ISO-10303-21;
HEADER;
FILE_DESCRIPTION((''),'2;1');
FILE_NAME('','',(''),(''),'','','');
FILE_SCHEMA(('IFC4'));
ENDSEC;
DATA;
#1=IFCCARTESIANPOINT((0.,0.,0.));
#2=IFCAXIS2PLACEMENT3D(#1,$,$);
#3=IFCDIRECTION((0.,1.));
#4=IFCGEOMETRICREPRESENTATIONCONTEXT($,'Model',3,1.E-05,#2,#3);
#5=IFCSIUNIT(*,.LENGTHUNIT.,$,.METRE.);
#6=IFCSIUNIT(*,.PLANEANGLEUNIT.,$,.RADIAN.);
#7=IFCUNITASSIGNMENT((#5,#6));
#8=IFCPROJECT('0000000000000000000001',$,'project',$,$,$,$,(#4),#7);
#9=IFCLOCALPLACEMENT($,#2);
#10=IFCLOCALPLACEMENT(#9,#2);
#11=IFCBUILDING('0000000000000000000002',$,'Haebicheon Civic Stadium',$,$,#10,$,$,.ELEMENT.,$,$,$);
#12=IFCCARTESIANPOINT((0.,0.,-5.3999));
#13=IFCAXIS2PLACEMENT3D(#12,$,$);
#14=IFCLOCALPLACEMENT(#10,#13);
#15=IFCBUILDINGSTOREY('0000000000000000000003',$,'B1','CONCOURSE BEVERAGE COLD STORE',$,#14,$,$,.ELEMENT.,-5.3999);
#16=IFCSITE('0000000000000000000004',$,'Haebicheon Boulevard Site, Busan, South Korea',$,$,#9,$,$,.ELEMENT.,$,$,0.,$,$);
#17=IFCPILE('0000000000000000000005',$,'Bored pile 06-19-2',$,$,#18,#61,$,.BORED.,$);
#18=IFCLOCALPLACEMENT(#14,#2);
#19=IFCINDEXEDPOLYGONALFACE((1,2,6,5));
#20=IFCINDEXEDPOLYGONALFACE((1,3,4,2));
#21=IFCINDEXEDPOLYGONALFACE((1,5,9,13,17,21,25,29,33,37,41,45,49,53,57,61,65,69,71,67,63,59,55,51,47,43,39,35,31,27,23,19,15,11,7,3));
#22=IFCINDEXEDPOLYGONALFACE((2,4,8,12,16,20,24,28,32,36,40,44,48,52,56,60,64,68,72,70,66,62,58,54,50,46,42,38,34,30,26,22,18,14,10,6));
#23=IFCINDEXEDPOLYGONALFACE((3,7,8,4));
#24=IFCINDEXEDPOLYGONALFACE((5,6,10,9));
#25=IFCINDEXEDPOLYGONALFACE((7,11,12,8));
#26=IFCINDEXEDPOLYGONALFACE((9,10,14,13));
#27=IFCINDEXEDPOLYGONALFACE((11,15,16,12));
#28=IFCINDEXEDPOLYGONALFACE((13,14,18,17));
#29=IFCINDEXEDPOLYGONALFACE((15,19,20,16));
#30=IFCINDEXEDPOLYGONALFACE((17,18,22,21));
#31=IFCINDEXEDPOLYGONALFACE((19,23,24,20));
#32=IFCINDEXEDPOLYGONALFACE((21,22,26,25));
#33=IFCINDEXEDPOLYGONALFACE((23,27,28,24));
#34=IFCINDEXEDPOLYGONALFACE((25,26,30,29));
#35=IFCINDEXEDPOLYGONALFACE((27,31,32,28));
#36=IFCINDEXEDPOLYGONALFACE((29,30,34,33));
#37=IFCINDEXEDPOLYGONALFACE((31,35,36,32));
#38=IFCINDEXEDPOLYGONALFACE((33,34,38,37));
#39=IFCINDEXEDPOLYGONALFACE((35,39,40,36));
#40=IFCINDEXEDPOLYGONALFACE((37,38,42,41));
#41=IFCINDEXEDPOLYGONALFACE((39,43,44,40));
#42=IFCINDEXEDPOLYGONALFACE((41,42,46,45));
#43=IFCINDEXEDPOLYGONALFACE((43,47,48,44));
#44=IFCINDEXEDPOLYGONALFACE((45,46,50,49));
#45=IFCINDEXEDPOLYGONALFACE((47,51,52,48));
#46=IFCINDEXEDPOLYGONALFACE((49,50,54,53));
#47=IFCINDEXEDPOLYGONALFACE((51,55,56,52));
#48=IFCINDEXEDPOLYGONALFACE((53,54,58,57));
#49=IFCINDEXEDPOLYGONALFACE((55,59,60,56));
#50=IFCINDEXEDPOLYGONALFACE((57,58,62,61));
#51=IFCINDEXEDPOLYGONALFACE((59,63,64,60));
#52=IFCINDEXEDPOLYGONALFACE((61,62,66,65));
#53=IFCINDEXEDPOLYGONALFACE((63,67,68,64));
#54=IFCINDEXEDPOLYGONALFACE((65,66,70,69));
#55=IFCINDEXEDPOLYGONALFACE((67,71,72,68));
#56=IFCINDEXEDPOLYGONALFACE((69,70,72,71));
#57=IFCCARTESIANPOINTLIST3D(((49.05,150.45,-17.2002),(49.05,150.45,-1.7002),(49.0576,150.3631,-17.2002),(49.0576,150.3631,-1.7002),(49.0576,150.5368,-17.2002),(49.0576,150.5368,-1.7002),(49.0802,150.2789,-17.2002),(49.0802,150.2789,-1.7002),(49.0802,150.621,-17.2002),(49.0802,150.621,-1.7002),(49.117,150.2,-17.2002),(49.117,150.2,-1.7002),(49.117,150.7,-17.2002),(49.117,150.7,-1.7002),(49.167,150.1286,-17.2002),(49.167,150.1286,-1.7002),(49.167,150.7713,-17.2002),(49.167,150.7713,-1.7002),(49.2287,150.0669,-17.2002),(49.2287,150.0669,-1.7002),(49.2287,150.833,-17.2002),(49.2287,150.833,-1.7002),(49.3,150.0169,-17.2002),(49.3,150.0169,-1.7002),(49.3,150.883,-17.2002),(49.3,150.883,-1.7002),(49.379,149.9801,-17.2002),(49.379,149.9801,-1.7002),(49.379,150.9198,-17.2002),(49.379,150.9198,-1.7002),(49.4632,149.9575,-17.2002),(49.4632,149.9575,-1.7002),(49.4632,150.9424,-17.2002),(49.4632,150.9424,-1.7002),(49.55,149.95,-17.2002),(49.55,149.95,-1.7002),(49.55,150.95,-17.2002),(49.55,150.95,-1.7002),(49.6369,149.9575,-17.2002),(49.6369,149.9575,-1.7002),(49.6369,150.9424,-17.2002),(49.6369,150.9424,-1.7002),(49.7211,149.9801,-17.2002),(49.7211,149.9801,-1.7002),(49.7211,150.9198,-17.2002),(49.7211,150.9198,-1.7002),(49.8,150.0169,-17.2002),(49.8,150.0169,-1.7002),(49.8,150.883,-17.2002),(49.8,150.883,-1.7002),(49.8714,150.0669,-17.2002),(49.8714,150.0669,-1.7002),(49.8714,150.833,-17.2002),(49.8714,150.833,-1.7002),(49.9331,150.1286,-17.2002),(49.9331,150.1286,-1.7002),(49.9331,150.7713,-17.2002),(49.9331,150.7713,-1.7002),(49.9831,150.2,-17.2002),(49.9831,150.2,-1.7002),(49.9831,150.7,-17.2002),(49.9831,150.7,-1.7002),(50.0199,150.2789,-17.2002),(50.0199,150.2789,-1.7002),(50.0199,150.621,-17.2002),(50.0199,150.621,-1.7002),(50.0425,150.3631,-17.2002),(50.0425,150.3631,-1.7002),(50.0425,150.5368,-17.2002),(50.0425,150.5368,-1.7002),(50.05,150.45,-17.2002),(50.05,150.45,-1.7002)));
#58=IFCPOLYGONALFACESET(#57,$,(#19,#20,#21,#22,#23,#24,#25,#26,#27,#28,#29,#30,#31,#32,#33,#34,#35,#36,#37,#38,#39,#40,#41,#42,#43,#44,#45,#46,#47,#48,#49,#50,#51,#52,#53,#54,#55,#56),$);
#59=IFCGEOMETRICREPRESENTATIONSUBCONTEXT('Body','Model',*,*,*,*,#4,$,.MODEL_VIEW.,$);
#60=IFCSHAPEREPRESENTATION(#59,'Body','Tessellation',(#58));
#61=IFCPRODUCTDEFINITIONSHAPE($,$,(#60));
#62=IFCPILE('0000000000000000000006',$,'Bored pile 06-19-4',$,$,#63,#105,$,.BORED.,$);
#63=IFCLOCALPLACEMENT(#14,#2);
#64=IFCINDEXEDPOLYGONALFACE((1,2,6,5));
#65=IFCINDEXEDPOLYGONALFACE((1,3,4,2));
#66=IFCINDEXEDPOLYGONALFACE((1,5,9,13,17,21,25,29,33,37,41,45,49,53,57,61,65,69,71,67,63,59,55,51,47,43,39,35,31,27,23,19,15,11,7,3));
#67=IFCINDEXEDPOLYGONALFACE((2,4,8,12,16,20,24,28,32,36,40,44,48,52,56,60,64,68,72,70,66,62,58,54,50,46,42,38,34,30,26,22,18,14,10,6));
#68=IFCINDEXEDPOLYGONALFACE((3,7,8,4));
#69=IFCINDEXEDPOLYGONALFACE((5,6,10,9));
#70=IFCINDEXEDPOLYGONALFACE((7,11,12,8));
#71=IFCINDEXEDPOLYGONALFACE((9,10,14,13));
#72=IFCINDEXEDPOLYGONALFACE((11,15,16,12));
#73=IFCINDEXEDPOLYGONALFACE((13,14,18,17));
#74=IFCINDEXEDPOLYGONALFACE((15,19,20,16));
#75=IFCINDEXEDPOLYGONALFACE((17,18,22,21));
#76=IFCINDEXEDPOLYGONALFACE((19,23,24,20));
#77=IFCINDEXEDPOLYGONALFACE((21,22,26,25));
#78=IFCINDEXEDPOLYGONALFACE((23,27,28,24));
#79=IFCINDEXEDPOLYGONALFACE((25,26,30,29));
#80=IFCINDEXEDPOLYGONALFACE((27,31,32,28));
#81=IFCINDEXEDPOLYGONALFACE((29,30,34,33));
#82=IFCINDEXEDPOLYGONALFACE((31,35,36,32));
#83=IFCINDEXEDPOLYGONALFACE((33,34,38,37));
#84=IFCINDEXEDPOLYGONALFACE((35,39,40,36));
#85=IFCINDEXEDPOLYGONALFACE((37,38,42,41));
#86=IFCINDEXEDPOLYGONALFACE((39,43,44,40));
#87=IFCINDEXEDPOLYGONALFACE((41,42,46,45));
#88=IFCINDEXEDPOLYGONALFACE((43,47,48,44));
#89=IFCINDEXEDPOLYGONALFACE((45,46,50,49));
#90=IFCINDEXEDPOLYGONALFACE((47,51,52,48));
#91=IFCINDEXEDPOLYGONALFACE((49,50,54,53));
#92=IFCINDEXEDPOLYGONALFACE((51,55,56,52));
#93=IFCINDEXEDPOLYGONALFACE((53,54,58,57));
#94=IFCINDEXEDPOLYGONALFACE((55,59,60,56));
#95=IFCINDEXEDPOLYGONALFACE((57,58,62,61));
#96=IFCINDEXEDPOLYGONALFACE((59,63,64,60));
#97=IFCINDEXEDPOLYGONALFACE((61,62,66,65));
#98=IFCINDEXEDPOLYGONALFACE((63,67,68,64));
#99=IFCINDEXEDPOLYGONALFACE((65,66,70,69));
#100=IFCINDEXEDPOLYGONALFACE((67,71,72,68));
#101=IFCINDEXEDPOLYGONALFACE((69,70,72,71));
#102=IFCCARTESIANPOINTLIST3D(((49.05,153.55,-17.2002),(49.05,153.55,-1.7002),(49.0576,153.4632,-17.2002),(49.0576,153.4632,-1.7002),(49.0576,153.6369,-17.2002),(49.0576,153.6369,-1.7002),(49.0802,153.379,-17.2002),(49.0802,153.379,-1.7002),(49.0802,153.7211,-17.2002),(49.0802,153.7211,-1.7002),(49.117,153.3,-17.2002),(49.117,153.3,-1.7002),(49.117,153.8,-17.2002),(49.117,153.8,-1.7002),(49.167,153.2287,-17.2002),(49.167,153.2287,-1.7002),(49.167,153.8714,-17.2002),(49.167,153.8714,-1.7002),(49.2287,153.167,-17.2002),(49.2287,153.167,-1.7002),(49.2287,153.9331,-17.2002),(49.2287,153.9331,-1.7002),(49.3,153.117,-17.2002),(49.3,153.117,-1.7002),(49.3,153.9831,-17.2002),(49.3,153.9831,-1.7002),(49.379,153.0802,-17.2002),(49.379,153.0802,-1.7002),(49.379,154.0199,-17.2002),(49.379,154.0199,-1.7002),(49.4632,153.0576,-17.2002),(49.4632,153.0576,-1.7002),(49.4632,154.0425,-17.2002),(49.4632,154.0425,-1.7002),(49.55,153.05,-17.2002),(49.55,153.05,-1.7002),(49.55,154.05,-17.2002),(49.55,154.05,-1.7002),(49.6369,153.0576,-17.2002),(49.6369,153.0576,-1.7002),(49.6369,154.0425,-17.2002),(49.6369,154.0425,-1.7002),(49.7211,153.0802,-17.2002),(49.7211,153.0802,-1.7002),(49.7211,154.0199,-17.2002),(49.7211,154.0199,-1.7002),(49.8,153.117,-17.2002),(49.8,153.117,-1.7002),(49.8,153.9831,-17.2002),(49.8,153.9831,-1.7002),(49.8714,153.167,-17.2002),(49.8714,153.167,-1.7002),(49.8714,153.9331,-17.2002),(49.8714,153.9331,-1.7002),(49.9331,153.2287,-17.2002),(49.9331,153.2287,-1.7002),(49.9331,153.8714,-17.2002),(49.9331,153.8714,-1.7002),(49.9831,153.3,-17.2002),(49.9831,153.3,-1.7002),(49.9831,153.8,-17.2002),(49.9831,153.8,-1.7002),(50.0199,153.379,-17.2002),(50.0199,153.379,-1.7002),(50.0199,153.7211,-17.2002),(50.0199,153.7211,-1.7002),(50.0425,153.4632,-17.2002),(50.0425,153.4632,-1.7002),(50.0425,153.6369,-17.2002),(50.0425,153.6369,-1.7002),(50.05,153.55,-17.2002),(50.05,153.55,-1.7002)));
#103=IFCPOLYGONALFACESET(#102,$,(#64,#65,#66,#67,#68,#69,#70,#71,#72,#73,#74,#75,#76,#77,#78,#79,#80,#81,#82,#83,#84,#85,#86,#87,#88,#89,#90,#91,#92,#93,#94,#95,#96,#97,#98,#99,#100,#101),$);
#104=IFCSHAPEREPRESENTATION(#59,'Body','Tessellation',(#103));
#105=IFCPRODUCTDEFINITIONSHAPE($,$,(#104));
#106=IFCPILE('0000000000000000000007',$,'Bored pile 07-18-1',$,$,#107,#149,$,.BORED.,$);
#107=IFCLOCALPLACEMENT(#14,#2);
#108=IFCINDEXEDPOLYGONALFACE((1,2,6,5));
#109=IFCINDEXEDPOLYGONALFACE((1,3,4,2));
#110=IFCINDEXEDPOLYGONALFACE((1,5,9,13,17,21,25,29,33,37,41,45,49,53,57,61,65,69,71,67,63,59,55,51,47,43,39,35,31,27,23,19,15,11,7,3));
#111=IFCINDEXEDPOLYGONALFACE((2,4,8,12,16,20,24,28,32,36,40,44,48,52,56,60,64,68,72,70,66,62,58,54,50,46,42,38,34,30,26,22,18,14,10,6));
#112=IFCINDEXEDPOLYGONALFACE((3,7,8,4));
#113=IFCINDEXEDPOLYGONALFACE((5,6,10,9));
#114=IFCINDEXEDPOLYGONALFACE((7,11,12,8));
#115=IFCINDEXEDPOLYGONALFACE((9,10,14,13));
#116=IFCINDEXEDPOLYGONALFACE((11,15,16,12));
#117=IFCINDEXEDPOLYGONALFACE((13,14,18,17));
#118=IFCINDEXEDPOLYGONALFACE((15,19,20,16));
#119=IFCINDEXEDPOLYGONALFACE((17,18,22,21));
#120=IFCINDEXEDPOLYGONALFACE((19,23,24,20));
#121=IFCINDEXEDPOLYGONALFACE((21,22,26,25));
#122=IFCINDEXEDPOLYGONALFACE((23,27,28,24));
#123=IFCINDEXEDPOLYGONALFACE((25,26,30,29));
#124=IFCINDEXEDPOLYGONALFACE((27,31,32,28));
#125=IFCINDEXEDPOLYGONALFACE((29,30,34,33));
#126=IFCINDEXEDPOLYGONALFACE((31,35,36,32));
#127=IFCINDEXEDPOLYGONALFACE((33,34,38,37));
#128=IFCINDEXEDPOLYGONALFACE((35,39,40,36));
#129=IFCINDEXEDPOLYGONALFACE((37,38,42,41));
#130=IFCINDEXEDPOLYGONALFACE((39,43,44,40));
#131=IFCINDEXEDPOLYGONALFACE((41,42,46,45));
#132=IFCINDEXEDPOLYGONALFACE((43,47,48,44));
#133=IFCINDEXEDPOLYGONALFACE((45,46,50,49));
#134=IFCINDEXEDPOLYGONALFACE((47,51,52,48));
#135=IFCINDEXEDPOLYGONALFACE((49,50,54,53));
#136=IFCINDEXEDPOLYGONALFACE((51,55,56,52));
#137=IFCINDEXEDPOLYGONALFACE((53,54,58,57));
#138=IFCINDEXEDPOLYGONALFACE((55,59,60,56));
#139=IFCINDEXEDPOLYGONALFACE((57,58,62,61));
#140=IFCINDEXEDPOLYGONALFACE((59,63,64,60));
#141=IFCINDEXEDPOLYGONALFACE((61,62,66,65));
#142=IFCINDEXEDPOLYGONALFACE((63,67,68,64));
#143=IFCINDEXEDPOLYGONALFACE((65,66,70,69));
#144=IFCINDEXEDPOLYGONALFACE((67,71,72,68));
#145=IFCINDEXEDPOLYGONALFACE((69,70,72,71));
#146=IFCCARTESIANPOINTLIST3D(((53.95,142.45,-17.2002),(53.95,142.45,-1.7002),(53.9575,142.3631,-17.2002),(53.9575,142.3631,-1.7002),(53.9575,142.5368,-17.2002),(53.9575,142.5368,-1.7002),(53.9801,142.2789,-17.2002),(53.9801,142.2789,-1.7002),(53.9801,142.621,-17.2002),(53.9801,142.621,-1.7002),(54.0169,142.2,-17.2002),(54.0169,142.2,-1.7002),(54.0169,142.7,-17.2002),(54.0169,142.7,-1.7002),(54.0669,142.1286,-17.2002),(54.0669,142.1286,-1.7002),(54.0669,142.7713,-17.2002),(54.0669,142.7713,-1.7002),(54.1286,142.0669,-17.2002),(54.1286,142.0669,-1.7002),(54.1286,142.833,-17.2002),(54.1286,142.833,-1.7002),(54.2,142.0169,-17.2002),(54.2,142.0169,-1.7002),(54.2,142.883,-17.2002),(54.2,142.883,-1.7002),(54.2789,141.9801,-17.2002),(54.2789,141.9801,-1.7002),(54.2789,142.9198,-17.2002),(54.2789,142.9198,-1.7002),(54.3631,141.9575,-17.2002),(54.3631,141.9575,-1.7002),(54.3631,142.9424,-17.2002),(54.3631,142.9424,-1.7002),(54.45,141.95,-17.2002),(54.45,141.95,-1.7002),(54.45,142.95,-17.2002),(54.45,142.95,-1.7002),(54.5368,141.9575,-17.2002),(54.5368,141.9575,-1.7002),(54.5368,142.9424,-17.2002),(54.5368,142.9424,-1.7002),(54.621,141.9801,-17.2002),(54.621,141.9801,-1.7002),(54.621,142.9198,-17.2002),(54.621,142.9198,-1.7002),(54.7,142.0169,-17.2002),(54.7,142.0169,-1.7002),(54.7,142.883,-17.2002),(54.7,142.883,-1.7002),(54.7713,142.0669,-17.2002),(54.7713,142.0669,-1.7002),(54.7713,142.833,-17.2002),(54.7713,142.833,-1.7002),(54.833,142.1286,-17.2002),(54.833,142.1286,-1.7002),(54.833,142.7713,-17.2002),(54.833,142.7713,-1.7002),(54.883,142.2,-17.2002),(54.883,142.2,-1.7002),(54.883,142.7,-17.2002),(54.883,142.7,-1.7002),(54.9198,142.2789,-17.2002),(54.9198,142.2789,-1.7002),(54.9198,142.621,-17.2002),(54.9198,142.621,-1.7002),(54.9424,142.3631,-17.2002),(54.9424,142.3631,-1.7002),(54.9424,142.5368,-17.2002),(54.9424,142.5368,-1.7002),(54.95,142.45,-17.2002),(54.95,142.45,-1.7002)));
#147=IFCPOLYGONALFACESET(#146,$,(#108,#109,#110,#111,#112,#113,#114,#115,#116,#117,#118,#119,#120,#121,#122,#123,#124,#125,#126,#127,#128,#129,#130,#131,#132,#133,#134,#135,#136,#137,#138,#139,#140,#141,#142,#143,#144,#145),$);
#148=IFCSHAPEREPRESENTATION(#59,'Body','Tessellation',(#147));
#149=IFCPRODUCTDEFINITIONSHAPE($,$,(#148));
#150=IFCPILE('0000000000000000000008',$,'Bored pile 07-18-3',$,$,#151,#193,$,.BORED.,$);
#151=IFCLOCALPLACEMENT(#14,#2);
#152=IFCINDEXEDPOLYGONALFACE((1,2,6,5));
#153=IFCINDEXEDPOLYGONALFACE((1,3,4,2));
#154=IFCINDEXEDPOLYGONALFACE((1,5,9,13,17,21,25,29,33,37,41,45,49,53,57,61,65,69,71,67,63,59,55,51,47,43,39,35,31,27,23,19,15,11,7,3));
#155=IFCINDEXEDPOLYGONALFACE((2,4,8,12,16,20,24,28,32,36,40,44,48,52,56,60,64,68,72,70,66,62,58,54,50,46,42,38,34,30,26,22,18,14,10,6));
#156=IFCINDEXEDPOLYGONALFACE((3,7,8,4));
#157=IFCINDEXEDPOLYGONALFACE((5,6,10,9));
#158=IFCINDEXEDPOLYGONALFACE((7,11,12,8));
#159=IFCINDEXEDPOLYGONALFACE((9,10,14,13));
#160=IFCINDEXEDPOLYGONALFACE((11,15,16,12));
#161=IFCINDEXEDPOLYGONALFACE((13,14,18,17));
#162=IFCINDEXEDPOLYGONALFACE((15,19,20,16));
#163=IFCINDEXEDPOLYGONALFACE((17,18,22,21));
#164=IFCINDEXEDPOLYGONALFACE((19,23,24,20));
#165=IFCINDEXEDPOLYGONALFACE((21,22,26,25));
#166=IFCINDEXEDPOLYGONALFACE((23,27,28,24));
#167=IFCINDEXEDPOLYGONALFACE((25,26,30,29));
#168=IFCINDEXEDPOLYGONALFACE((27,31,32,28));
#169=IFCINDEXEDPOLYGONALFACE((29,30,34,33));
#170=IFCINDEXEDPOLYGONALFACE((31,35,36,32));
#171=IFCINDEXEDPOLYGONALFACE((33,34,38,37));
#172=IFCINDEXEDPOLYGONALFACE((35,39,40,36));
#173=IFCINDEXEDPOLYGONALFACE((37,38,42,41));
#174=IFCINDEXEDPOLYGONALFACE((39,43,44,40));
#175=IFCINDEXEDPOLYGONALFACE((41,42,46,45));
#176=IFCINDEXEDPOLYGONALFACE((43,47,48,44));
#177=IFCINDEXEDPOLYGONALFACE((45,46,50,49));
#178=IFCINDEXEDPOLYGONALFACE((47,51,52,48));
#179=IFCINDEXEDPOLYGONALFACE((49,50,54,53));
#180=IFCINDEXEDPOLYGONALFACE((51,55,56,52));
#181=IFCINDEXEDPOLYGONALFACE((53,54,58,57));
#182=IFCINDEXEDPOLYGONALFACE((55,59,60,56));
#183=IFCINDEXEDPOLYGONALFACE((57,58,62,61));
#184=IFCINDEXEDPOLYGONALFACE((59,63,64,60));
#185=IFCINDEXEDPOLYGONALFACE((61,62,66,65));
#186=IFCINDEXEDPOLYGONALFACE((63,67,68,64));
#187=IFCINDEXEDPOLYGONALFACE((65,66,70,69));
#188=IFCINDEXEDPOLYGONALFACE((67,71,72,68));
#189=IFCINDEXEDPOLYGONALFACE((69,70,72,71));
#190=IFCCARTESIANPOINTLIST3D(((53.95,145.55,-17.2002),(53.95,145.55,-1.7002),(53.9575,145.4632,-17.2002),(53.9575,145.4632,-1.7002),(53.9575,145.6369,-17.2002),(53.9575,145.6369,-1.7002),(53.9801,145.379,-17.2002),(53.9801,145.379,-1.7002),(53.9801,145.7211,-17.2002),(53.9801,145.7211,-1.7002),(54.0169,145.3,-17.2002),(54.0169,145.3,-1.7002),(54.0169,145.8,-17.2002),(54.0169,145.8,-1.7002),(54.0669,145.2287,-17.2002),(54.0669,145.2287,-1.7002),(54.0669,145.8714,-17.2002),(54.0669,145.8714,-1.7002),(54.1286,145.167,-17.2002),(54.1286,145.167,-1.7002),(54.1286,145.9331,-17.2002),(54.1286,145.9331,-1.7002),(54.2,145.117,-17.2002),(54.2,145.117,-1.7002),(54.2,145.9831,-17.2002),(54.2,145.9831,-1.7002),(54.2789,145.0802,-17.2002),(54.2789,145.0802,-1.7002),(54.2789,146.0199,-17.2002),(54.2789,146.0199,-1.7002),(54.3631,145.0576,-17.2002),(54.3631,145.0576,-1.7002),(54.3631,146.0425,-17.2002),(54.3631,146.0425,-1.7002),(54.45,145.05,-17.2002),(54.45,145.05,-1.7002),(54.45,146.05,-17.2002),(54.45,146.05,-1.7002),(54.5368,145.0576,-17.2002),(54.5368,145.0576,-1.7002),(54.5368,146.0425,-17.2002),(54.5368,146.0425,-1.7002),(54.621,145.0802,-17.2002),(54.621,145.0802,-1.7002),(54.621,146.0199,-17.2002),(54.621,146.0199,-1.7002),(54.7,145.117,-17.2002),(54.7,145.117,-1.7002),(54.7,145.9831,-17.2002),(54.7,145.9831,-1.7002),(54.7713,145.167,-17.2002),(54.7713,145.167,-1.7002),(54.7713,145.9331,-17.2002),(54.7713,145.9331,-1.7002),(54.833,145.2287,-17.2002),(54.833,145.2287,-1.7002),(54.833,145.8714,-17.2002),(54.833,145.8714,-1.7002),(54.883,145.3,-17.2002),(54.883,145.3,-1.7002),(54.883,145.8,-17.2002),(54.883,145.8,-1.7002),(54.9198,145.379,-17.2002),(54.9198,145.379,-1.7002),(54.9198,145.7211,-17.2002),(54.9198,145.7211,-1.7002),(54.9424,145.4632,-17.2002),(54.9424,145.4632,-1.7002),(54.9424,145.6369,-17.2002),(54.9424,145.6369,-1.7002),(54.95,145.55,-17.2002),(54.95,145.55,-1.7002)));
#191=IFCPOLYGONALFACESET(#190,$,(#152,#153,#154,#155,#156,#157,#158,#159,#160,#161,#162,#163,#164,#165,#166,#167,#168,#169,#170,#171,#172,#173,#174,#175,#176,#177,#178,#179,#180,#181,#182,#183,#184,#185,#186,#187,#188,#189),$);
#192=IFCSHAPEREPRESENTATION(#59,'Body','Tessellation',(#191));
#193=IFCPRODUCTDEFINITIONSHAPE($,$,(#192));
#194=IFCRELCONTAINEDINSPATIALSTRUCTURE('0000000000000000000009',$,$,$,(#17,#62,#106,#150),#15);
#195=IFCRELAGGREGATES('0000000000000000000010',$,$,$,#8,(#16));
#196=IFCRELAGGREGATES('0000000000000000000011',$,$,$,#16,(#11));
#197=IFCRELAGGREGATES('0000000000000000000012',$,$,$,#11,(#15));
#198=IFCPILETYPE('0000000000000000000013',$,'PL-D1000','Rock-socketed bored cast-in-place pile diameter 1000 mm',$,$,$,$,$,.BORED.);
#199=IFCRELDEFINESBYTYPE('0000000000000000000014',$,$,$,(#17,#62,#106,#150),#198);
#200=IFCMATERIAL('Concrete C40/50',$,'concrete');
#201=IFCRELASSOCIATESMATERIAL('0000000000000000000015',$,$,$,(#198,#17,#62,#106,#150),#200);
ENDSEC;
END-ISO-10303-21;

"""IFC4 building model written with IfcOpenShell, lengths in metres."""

from ifc_helpers import new_model, si_unit, direction, frame, origin, origin_2d, place, context, subcontext, project, spatial, circle, extrude, material, material_profile, profile_set, type_object, element, save


model = new_model("IFC4")

# Units and contexts
model_context = context("Model", 3, precision=1e-05, world=origin(), true_north=direction((0.0, 1.0)))
body_context = subcontext(model_context, "Body", "Model", "MODEL_VIEW")
ifc_project = project(units=[si_unit("LENGTHUNIT", "METRE"), si_unit("PLANEANGLEUNIT", "RADIAN")], contexts=[model_context])

# Site, building, storey
site_placement = place(None, origin())
site = spatial("IfcSite", under=ifc_project, at=site_placement, Name="Haebicheon Boulevard Site, Busan, South Korea", CompositionType="ELEMENT", RefElevation=0.0)
building_placement = place(site_placement, origin())
building = spatial("IfcBuilding", under=site, at=building_placement, Name="Haebicheon Civic Stadium", CompositionType="ELEMENT")
storey_placement = place(building_placement, frame((0.0, 0.0, -5.3999)))
storey = spatial("IfcBuildingStorey", under=building, at=storey_placement, Name="B1", Description="CONCOURSE BEVERAGE COLD STORE", CompositionType="ELEMENT", Elevation=-5.3999)

# Piles
ifc_material_1 = material(Name="Concrete C40/50", Category="concrete")
ifc_material_profile_1 = material_profile(ifc_material_1, circle(Radius=0.5, at=origin_2d()), Name="PILE-D1000")
ifc_profile_set_1 = profile_set([ifc_material_profile_1], Name="Concrete C40/50")
pile_type = type_object("IfcPileType", Name="PL-D1000", Description="Rock-socketed bored cast-in-place pile diameter 1000 mm", PredefinedType="BORED", material=ifc_profile_set_1)
for number, where, z_axis, x_axis, name in (
    (1, (49.55, 150.45, -1.7002), (0.0, 0.0, -1.0), (1.0, 0.0, 0.0), "Bored pile 06-19-2"),
    (2, (49.55, 153.55, -1.7002), (0.0, 0.0, -1.0), (1.0, 0.0, 0.0), "Bored pile 06-19-4"),
    (3, (54.45, 142.45, -1.7002), (0.0, 0.0, -1.0), (1.0, 0.0, 0.0), "Bored pile 07-18-1"),
    (4, (54.45, 145.55, -1.7002), (0.0, 0.0, -1.0), (1.0, 0.0, 0.0), "Bored pile 07-18-3"),
):
    element("IfcPile", number, at=place(storey_placement, frame(where, z_axis=z_axis, x_axis=x_axis)), inside=storey, type_object=pile_type, material=ifc_profile_set_1, Name=name, PredefinedType="BORED", context=body_context, shape_type="SweptSolid", body=[
        extrude(circle(Radius=0.5, at=origin_2d()), origin(), (0.0, 0.0, 1.0), 15.5),
    ])

save(model, "model.ifc")
